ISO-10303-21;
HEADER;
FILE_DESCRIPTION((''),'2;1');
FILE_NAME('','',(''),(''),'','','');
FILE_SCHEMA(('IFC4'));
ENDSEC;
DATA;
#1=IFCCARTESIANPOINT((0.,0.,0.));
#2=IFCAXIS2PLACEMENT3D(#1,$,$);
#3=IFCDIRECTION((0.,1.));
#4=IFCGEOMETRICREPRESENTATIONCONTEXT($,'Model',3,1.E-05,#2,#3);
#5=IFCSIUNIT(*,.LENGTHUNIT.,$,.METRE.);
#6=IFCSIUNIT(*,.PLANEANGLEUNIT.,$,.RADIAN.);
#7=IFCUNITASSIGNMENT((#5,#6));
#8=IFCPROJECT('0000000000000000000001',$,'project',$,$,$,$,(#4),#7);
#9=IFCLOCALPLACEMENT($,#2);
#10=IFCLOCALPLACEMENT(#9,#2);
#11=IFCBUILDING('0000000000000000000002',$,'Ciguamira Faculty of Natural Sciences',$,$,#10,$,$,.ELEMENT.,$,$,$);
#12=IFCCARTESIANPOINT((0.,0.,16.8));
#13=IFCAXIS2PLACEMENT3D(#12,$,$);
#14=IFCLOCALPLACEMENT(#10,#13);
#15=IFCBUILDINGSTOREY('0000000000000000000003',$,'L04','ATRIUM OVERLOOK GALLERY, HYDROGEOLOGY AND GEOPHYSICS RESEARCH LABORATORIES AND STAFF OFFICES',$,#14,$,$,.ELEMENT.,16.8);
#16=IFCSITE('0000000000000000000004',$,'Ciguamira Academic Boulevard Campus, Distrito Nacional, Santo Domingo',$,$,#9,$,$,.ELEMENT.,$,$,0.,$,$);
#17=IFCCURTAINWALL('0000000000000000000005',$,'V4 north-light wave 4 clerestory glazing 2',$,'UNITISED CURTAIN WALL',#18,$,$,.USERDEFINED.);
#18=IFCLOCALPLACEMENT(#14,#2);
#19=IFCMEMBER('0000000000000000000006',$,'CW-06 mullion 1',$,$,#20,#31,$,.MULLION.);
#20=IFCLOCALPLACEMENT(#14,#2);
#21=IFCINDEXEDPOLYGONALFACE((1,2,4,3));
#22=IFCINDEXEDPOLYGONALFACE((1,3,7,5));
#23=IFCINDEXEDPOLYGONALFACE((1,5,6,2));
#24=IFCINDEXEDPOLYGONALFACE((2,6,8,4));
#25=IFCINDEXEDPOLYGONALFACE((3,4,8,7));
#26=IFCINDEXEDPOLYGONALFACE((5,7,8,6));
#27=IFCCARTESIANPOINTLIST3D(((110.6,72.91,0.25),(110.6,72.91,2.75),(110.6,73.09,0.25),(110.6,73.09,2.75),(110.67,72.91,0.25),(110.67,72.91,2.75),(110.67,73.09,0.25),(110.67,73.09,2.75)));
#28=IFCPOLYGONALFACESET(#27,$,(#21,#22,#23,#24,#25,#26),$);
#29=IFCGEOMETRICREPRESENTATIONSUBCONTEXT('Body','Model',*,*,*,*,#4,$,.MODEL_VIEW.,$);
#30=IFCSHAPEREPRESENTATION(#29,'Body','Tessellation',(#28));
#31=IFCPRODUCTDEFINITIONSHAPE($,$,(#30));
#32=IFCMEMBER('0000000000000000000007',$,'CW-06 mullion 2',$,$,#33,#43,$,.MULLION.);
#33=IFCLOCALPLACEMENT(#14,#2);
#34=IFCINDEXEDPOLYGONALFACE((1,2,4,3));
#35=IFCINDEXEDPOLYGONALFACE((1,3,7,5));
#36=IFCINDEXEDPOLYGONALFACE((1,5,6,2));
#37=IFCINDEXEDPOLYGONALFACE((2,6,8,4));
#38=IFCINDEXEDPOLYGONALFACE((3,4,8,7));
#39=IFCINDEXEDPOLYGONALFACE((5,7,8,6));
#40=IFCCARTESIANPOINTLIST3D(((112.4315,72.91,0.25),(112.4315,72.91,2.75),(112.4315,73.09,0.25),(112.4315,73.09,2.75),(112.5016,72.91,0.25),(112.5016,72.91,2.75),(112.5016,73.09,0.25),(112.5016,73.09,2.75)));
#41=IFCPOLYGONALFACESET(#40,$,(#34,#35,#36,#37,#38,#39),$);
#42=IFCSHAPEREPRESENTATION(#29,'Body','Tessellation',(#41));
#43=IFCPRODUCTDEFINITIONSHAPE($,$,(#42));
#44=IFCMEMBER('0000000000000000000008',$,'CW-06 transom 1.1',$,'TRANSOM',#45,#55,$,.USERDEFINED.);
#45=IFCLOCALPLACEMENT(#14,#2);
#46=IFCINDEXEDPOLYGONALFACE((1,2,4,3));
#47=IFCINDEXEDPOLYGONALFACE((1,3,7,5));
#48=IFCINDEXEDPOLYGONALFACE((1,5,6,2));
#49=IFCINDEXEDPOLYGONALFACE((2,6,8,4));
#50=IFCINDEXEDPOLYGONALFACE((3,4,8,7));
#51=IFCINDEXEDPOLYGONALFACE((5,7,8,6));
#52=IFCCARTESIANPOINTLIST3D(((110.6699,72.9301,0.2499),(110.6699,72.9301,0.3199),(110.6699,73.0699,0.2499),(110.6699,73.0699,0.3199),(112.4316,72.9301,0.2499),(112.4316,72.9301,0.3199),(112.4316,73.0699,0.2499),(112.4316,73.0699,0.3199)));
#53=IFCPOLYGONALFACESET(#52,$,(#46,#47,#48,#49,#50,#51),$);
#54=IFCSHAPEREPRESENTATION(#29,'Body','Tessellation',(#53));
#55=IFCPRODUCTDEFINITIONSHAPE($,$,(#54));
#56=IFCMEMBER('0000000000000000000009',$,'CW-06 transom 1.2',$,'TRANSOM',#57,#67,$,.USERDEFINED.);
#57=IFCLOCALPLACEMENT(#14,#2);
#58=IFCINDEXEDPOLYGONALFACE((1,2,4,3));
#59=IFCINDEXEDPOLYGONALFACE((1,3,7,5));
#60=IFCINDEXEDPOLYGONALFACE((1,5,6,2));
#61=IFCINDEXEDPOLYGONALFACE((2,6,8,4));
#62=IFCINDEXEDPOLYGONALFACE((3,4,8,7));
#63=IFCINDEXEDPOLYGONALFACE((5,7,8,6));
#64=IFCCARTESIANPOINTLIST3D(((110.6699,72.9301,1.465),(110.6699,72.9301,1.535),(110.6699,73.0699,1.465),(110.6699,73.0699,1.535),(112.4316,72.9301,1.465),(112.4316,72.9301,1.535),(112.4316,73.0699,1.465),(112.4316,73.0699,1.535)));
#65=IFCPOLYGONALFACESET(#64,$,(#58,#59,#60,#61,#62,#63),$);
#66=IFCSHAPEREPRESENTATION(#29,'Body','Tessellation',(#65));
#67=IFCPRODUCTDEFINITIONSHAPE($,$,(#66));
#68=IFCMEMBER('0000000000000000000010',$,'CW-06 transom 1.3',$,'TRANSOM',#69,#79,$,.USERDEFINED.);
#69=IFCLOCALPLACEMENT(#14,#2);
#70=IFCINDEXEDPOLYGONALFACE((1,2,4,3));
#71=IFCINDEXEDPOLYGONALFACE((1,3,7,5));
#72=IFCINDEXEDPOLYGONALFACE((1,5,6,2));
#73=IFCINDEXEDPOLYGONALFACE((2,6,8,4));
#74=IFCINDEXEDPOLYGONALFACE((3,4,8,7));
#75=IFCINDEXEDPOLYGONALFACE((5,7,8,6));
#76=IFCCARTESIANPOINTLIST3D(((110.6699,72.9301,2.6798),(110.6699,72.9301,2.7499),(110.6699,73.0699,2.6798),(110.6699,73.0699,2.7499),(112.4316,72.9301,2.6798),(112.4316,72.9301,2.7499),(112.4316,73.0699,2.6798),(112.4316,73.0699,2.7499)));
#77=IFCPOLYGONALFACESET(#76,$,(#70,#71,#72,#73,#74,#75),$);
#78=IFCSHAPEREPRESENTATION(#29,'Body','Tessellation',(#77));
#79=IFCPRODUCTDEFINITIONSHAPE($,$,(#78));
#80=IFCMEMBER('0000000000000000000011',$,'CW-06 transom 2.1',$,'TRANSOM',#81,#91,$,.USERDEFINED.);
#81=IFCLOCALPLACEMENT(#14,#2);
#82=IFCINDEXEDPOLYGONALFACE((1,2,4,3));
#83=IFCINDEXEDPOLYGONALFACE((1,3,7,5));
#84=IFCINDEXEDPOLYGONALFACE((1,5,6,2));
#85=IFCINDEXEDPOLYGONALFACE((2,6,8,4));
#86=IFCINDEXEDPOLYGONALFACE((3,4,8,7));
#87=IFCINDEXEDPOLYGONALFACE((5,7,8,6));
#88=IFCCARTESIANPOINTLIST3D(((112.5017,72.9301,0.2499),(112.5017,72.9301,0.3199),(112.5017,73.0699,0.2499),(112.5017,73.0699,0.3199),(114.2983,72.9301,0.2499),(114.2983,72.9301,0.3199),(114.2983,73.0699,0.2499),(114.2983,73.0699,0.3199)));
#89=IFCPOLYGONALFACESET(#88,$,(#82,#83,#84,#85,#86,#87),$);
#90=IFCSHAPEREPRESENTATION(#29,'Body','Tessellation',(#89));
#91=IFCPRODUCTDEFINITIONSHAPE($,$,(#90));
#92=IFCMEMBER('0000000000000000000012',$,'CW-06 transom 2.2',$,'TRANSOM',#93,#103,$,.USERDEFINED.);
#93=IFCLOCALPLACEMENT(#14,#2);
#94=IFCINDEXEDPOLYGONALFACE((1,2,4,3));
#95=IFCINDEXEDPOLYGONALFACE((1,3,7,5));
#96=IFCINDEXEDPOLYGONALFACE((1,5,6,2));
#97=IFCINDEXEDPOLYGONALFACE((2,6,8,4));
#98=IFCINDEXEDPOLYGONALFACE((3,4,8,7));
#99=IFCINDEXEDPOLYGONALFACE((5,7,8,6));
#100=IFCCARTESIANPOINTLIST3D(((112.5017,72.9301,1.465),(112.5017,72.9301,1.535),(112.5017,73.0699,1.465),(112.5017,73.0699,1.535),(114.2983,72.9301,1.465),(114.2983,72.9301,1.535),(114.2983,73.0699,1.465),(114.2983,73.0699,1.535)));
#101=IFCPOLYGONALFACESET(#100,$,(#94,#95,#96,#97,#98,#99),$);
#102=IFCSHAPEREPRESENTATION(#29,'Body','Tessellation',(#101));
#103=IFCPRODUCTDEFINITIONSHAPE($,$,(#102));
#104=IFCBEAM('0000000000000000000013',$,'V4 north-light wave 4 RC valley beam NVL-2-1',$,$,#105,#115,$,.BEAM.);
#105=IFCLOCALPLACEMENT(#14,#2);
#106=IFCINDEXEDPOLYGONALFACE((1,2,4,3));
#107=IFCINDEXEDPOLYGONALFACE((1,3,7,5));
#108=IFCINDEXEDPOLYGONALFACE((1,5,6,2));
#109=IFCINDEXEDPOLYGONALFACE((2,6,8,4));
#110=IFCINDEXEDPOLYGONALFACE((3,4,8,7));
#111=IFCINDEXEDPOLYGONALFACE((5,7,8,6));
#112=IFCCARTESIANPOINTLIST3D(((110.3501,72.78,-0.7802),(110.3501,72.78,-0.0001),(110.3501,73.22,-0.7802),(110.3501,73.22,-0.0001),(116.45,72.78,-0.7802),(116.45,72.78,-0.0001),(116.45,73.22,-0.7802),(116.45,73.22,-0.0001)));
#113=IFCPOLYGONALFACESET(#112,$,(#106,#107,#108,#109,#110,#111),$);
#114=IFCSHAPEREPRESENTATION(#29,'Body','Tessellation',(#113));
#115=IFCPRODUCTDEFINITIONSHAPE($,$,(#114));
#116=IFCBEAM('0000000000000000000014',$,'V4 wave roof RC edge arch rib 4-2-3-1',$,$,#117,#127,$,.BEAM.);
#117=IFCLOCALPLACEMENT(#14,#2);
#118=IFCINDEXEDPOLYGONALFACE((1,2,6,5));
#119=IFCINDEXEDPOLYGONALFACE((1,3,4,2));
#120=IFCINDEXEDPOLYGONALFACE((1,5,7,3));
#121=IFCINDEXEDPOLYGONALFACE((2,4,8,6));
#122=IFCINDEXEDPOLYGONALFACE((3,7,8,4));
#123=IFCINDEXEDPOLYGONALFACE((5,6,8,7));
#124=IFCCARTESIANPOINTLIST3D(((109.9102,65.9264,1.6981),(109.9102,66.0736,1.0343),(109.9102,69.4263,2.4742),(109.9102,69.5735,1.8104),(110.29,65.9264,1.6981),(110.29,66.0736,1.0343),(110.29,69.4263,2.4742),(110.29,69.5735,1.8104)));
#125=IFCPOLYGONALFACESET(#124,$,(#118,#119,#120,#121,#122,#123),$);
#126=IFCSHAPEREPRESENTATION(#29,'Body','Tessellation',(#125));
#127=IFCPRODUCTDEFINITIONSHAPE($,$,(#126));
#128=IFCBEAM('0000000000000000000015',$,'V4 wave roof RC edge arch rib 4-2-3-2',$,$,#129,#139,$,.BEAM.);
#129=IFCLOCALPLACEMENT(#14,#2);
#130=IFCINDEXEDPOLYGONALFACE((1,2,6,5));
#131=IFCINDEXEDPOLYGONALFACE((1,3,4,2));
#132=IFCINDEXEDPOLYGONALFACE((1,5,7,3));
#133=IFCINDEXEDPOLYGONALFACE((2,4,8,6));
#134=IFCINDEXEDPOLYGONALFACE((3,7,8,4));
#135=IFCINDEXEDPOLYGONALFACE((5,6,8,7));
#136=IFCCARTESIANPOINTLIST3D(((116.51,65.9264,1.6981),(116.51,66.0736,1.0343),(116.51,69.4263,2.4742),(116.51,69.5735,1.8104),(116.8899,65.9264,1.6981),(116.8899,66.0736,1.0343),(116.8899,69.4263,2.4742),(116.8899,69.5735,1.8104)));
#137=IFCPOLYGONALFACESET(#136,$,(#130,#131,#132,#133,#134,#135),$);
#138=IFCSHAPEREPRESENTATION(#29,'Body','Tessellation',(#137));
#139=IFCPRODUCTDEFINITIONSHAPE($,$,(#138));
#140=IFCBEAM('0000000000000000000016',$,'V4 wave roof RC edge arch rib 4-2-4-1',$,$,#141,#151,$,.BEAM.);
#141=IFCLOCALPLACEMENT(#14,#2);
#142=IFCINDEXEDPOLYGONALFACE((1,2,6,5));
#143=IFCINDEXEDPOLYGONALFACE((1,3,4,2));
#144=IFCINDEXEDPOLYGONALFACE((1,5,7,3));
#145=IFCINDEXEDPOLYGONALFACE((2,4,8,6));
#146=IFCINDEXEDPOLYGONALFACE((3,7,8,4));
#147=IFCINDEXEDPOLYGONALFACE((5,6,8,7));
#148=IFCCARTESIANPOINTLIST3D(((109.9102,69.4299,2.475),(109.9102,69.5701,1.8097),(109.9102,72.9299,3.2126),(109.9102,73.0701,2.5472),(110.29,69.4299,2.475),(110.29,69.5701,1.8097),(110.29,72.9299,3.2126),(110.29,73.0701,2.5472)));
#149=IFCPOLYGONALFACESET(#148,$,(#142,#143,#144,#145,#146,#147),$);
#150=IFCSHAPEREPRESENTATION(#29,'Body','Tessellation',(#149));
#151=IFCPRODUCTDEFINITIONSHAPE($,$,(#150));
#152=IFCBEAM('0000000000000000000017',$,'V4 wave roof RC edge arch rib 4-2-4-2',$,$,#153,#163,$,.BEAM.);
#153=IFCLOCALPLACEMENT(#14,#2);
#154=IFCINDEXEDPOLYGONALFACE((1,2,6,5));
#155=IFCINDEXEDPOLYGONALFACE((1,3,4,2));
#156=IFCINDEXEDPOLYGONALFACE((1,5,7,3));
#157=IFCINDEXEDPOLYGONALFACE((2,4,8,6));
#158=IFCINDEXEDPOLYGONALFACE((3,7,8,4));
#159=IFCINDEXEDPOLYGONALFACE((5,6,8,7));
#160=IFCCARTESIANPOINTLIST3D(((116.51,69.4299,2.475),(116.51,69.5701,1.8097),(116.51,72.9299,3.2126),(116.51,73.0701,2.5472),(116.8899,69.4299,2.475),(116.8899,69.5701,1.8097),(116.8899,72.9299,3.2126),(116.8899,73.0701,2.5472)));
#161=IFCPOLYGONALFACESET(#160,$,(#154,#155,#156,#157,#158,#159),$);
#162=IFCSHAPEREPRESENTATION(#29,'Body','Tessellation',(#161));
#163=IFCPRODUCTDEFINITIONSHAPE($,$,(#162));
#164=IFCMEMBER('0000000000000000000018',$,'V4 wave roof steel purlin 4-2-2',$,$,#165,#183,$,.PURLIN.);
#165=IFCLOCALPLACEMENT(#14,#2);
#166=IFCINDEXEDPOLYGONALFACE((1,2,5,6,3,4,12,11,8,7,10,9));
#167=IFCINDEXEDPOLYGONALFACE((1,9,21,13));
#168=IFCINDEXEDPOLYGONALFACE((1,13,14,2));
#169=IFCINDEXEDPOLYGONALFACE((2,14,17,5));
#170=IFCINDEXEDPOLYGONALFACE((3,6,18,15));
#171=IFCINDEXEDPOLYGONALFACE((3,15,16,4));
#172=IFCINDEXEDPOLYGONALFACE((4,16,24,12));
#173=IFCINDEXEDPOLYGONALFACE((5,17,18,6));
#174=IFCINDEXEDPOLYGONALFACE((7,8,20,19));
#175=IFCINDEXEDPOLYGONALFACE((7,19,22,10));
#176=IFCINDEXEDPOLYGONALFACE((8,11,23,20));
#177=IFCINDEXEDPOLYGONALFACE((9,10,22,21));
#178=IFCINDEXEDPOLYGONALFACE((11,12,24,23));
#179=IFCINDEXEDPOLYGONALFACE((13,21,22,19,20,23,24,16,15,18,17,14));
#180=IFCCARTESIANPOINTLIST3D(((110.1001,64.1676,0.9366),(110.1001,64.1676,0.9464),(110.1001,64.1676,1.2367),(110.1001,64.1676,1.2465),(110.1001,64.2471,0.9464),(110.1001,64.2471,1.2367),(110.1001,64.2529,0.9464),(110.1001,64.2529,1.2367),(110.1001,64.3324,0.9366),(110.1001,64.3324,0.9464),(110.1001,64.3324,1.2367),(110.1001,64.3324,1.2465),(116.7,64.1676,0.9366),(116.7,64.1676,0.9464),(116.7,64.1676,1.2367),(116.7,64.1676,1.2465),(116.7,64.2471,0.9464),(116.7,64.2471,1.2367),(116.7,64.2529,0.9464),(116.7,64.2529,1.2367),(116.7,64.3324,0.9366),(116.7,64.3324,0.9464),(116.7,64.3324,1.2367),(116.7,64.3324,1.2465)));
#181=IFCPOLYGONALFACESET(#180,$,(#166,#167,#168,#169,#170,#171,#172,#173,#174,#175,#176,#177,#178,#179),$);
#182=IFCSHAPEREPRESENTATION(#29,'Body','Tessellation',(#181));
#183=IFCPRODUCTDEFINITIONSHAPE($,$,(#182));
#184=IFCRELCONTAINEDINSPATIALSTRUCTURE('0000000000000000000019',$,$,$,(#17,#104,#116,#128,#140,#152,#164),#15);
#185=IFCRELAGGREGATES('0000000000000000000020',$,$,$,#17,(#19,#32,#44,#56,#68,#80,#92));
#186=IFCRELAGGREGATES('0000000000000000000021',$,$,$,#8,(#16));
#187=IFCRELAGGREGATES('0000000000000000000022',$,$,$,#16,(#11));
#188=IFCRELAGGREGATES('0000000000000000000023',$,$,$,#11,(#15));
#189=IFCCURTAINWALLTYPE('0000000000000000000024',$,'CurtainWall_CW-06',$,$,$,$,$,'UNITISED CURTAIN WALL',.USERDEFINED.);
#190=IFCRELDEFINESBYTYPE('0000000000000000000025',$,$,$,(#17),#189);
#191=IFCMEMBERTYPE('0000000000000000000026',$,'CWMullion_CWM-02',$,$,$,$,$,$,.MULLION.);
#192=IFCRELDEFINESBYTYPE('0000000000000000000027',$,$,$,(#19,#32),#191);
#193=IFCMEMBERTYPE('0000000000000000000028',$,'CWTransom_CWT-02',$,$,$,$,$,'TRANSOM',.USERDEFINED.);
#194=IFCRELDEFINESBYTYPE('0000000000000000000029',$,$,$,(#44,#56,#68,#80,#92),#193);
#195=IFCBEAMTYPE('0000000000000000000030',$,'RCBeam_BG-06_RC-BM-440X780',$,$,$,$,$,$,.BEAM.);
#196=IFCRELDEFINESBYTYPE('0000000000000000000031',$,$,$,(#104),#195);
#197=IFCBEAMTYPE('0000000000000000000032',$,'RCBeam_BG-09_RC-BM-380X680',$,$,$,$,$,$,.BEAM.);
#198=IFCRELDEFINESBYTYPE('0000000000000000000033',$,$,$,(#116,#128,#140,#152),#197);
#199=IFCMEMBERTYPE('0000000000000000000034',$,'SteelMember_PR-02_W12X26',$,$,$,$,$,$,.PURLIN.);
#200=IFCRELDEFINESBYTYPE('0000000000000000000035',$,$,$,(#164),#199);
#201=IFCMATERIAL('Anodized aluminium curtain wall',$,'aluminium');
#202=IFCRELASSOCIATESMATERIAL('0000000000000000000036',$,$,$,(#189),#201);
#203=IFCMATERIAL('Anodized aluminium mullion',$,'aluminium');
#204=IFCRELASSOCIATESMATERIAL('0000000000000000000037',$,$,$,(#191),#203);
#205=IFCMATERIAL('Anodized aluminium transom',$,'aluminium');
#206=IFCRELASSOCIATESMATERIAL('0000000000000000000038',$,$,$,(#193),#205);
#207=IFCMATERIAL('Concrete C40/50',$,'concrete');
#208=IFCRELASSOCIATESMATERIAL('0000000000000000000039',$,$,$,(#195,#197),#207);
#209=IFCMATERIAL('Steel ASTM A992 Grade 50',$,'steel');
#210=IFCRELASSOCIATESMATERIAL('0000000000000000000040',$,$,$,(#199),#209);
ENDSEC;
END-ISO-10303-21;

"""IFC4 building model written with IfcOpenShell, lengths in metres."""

from ifc_helpers import new_model, si_unit, direction, frame, origin, origin_2d, place, context, subcontext, project, spatial, rectangle, i_section, extrude, material, material_profile, profile_set, type_object, element, aggregate, save


model = new_model("IFC4")

# Units and contexts
model_context = context("Model", 3, precision=1e-05, world=origin(), true_north=direction((0.0, 1.0)))
body_context = subcontext(model_context, "Body", "Model", "MODEL_VIEW")
ifc_project = project(units=[si_unit("LENGTHUNIT", "METRE"), si_unit("PLANEANGLEUNIT", "RADIAN")], contexts=[model_context])

# Site, building, storey
site_placement = place(None, origin())
site = spatial("IfcSite", under=ifc_project, at=site_placement, Name="Ciguamira Academic Boulevard Campus, Distrito Nacional, Santo Domingo", CompositionType="ELEMENT", RefElevation=0.0)
building_placement = place(site_placement, origin())
building = spatial("IfcBuilding", under=site, at=building_placement, Name="Ciguamira Faculty of Natural Sciences", CompositionType="ELEMENT")
storey_placement = place(building_placement, frame((0.0, 0.0, 16.8)))
storey = spatial("IfcBuildingStorey", under=building, at=storey_placement, Name="L04", Description="ATRIUM OVERLOOK GALLERY, HYDROGEOLOGY AND GEOPHYSICS RESEARCH LABORATORIES AND STAFF OFFICES", CompositionType="ELEMENT", Elevation=16.8)

# Curtain wall, members
ifc_material_1 = material(Name="Anodized aluminium curtain wall", Category="aluminium")
curtain_wall_type = type_object("IfcCurtainWallType", Name="CurtainWall_CW-06", ElementType="UNITISED CURTAIN WALL", PredefinedType="USERDEFINED", material=ifc_material_1)
curtain_wall_placement = place(storey_placement, origin())
curtain_wall = element("IfcCurtainWall", 1, at=curtain_wall_placement, inside=storey, type_object=curtain_wall_type, Name="V4 north-light wave 4 clerestory glazing 2", ObjectType="UNITISED CURTAIN WALL", PredefinedType="USERDEFINED")
ifc_material_2 = material(Name="Anodized aluminium mullion", Category="aluminium")
ifc_material_profile_1 = material_profile(ifc_material_2, rectangle(XDim=0.0701, YDim=0.1799, at=origin_2d()), Name="ALU-MUL-70X180")
ifc_profile_set_1 = profile_set([ifc_material_profile_1], Name="Anodized aluminium mullion")
member_type_1 = type_object("IfcMemberType", Name="CWMullion_CWM-02", PredefinedType="MULLION", material=ifc_profile_set_1)
member_1_placement = place(storey_placement, frame((110.635, 73.0, 0.25), z_axis=(0.0, 0.0, 1.0), x_axis=(1.0, 0.0, 0.0)))
member_1 = element("IfcMember", 2, at=member_1_placement, type_object=member_type_1, Name="CW-06 mullion 1", PredefinedType="MULLION", context=body_context, shape_type="SweptSolid", body=[
    extrude(rectangle(XDim=0.0701, YDim=0.1799, at=origin_2d()), origin(), (0.0, 0.0, 1.0), 2.5),
])
member_2_placement = place(storey_placement, frame((112.4666, 73.0, 0.25), z_axis=(0.0, 0.0, 1.0), x_axis=(1.0, 0.0, 0.0)))
member_2 = element("IfcMember", 3, at=member_2_placement, type_object=member_type_1, Name="CW-06 mullion 2", PredefinedType="MULLION", context=body_context, shape_type="SweptSolid", body=[
    extrude(rectangle(XDim=0.0701, YDim=0.1799, at=origin_2d()), origin(), (0.0, 0.0, 1.0), 2.5),
])
ifc_material_3 = material(Name="Anodized aluminium transom", Category="aluminium")
ifc_material_profile_2 = material_profile(ifc_material_3, rectangle(XDim=0.0701, YDim=0.1399, at=origin_2d()), Name="ALU-TRN-70X140")
ifc_profile_set_2 = profile_set([ifc_material_profile_2], Name="Anodized aluminium transom")
member_type_2 = type_object("IfcMemberType", Name="CWTransom_CWT-02", ElementType="TRANSOM", PredefinedType="USERDEFINED", material=ifc_profile_set_2)
member_3_placement = place(storey_placement, frame((110.6699, 73.0, 0.2849), z_axis=(1.0, 0.0, 0.0), x_axis=(0.0, 0.0, 1.0)))
member_3 = element("IfcMember", 4, at=member_3_placement, type_object=member_type_2, Name="CW-06 transom 1.1", ObjectType="TRANSOM", PredefinedType="USERDEFINED", context=body_context, shape_type="SweptSolid", body=[
    extrude(rectangle(XDim=0.0701, YDim=0.1399, at=origin_2d()), origin(), (0.0, 0.0, 1.0), 1.7617),
])
member_4_placement = place(storey_placement, frame((110.6699, 73.0, 1.5), z_axis=(1.0, 0.0, 0.0), x_axis=(0.0, 0.0, 1.0)))
member_4 = element("IfcMember", 5, at=member_4_placement, type_object=member_type_2, Name="CW-06 transom 1.2", ObjectType="TRANSOM", PredefinedType="USERDEFINED", context=body_context, shape_type="SweptSolid", body=[
    extrude(rectangle(XDim=0.0701, YDim=0.1399, at=origin_2d()), origin(), (0.0, 0.0, 1.0), 1.7617),
])
member_5_placement = place(storey_placement, frame((110.6699, 73.0, 2.7148), z_axis=(1.0, 0.0, 0.0), x_axis=(0.0, 0.0, 1.0)))
member_5 = element("IfcMember", 6, at=member_5_placement, type_object=member_type_2, Name="CW-06 transom 1.3", ObjectType="TRANSOM", PredefinedType="USERDEFINED", context=body_context, shape_type="SweptSolid", body=[
    extrude(rectangle(XDim=0.0701, YDim=0.1399, at=origin_2d()), origin(), (0.0, 0.0, 1.0), 1.7617),
])
member_6_placement = place(storey_placement, frame((112.5017, 73.0, 0.2849), z_axis=(1.0, 0.0, 0.0), x_axis=(0.0, 0.0, 1.0)))
member_6 = element("IfcMember", 7, at=member_6_placement, type_object=member_type_2, Name="CW-06 transom 2.1", ObjectType="TRANSOM", PredefinedType="USERDEFINED", context=body_context, shape_type="SweptSolid", body=[
    extrude(rectangle(XDim=0.0701, YDim=0.1399, at=origin_2d()), origin(), (0.0, 0.0, 1.0), 1.7966),
])
member_7_placement = place(storey_placement, frame((112.5017, 73.0, 1.5), z_axis=(1.0, 0.0, 0.0), x_axis=(0.0, 0.0, 1.0)))
member_7 = element("IfcMember", 8, at=member_7_placement, type_object=member_type_2, Name="CW-06 transom 2.2", ObjectType="TRANSOM", PredefinedType="USERDEFINED", context=body_context, shape_type="SweptSolid", body=[
    extrude(rectangle(XDim=0.0701, YDim=0.1399, at=origin_2d()), origin(), (0.0, 0.0, 1.0), 1.7966),
])

# Beams
ifc_material_4 = material(Name="Concrete C40/50", Category="concrete")
ifc_material_profile_3 = material_profile(ifc_material_4, rectangle(XDim=0.4399, YDim=0.78, at=origin_2d()), Name="RC-BM-440X780")
ifc_profile_set_3 = profile_set([ifc_material_profile_3], Name="Concrete C40/50")
beam_type_1 = type_object("IfcBeamType", Name="RCBeam_BG-06_RC-BM-440X780", PredefinedType="BEAM", material=ifc_profile_set_3)
beam_placement = place(storey_placement, frame((110.3501, 73.0, -0.3901), z_axis=(1.0, 0.0, 0.0), x_axis=(0.0, 1.0, 0.0)))
element("IfcBeam", 9, at=beam_placement, inside=storey, type_object=beam_type_1, Name="V4 north-light wave 4 RC valley beam NVL-2-1", PredefinedType="BEAM", context=body_context, shape_type="SweptSolid", body=[
    extrude(rectangle(XDim=0.4399, YDim=0.78, at=origin_2d()), origin(), (0.0, 0.0, 1.0), 6.0999),
])
ifc_material_profile_4 = material_profile(ifc_material_4, rectangle(XDim=0.3799, YDim=0.6799, at=origin_2d()), Name="RC-BM-380X680")
ifc_profile_set_4 = profile_set([ifc_material_profile_4], Name="Concrete C40/50")
beam_type_2 = type_object("IfcBeamType", Name="RCBeam_BG-09_RC-BM-380X680", PredefinedType="BEAM", material=ifc_profile_set_4)
for number, where, z_axis, x_axis, name in (
    (10, (110.1001, 66.0, 1.3662), (0.0, 0.976285, 0.216491), (-1.0, 0.0, 0.0), "V4 wave roof RC edge arch rib 4-2-3-1"),
    (11, (116.7, 66.0, 1.3662), (0.0, 0.976285, 0.216491), (-1.0, 0.0, 0.0), "V4 wave roof RC edge arch rib 4-2-3-2"),
):
    element("IfcBeam", number, at=place(storey_placement, frame(where, z_axis=z_axis, x_axis=x_axis)), inside=storey, type_object=beam_type_2, Name=name, PredefinedType="BEAM", context=body_context, shape_type="SweptSolid", body=[
        extrude(rectangle(XDim=0.3799, YDim=0.6799, at=origin_2d()), origin(), (0.0, 0.0, 1.0), 3.585),
    ])
for number, where, z_axis, x_axis, name in (
    (12, (110.1001, 69.5, 2.1423), (0.0, 0.97851, 0.2062), (-1.0, 0.0, 0.0), "V4 wave roof RC edge arch rib 4-2-4-1"),
    (13, (116.7, 69.5, 2.1423), (0.0, 0.97851, 0.2062), (-1.0, 0.0, 0.0), "V4 wave roof RC edge arch rib 4-2-4-2"),
):
    element("IfcBeam", number, at=place(storey_placement, frame(where, z_axis=z_axis, x_axis=x_axis)), inside=storey, type_object=beam_type_2, Name=name, PredefinedType="BEAM", context=body_context, shape_type="SweptSolid", body=[
        extrude(rectangle(XDim=0.3799, YDim=0.6799, at=origin_2d()), origin(), (0.0, 0.0, 1.0), 3.5769),
    ])

# Member
ifc_material_5 = material(Name="Steel ASTM A992 Grade 50", Category="steel")
ifc_material_profile_5 = material_profile(ifc_material_5, i_section(OverallWidth=0.1648, OverallDepth=0.3098, WebThickness=0.0059, FlangeThickness=0.0098, at=origin_2d()), Name="W12X26")
ifc_profile_set_5 = profile_set([ifc_material_profile_5], Name="Steel ASTM A992 Grade 50")
member_type_3 = type_object("IfcMemberType", Name="SteelMember_PR-02_W12X26", PredefinedType="PURLIN", material=ifc_profile_set_5)
for number, where, z_axis, x_axis, name in (
    (14, (110.1001, 64.25, 1.0916), (1.0, 0.0, 0.0), (0.0, 1.0, 0.0), "V4 wave roof steel purlin 4-2-2"),
):
    element("IfcMember", number, at=place(storey_placement, frame(where, z_axis=z_axis, x_axis=x_axis)), inside=storey, type_object=member_type_3, Name=name, PredefinedType="PURLIN", context=body_context, shape_type="SweptSolid", body=[
        extrude(i_section(OverallWidth=0.1648, OverallDepth=0.3098, WebThickness=0.0059, FlangeThickness=0.0098, at=origin_2d()), origin(), (0.0, 0.0, 1.0), 6.5999),
    ])

aggregate(curtain_wall, [member_1, member_2, member_3, member_4, member_5, member_6, member_7])

save(model, "model.ifc")
